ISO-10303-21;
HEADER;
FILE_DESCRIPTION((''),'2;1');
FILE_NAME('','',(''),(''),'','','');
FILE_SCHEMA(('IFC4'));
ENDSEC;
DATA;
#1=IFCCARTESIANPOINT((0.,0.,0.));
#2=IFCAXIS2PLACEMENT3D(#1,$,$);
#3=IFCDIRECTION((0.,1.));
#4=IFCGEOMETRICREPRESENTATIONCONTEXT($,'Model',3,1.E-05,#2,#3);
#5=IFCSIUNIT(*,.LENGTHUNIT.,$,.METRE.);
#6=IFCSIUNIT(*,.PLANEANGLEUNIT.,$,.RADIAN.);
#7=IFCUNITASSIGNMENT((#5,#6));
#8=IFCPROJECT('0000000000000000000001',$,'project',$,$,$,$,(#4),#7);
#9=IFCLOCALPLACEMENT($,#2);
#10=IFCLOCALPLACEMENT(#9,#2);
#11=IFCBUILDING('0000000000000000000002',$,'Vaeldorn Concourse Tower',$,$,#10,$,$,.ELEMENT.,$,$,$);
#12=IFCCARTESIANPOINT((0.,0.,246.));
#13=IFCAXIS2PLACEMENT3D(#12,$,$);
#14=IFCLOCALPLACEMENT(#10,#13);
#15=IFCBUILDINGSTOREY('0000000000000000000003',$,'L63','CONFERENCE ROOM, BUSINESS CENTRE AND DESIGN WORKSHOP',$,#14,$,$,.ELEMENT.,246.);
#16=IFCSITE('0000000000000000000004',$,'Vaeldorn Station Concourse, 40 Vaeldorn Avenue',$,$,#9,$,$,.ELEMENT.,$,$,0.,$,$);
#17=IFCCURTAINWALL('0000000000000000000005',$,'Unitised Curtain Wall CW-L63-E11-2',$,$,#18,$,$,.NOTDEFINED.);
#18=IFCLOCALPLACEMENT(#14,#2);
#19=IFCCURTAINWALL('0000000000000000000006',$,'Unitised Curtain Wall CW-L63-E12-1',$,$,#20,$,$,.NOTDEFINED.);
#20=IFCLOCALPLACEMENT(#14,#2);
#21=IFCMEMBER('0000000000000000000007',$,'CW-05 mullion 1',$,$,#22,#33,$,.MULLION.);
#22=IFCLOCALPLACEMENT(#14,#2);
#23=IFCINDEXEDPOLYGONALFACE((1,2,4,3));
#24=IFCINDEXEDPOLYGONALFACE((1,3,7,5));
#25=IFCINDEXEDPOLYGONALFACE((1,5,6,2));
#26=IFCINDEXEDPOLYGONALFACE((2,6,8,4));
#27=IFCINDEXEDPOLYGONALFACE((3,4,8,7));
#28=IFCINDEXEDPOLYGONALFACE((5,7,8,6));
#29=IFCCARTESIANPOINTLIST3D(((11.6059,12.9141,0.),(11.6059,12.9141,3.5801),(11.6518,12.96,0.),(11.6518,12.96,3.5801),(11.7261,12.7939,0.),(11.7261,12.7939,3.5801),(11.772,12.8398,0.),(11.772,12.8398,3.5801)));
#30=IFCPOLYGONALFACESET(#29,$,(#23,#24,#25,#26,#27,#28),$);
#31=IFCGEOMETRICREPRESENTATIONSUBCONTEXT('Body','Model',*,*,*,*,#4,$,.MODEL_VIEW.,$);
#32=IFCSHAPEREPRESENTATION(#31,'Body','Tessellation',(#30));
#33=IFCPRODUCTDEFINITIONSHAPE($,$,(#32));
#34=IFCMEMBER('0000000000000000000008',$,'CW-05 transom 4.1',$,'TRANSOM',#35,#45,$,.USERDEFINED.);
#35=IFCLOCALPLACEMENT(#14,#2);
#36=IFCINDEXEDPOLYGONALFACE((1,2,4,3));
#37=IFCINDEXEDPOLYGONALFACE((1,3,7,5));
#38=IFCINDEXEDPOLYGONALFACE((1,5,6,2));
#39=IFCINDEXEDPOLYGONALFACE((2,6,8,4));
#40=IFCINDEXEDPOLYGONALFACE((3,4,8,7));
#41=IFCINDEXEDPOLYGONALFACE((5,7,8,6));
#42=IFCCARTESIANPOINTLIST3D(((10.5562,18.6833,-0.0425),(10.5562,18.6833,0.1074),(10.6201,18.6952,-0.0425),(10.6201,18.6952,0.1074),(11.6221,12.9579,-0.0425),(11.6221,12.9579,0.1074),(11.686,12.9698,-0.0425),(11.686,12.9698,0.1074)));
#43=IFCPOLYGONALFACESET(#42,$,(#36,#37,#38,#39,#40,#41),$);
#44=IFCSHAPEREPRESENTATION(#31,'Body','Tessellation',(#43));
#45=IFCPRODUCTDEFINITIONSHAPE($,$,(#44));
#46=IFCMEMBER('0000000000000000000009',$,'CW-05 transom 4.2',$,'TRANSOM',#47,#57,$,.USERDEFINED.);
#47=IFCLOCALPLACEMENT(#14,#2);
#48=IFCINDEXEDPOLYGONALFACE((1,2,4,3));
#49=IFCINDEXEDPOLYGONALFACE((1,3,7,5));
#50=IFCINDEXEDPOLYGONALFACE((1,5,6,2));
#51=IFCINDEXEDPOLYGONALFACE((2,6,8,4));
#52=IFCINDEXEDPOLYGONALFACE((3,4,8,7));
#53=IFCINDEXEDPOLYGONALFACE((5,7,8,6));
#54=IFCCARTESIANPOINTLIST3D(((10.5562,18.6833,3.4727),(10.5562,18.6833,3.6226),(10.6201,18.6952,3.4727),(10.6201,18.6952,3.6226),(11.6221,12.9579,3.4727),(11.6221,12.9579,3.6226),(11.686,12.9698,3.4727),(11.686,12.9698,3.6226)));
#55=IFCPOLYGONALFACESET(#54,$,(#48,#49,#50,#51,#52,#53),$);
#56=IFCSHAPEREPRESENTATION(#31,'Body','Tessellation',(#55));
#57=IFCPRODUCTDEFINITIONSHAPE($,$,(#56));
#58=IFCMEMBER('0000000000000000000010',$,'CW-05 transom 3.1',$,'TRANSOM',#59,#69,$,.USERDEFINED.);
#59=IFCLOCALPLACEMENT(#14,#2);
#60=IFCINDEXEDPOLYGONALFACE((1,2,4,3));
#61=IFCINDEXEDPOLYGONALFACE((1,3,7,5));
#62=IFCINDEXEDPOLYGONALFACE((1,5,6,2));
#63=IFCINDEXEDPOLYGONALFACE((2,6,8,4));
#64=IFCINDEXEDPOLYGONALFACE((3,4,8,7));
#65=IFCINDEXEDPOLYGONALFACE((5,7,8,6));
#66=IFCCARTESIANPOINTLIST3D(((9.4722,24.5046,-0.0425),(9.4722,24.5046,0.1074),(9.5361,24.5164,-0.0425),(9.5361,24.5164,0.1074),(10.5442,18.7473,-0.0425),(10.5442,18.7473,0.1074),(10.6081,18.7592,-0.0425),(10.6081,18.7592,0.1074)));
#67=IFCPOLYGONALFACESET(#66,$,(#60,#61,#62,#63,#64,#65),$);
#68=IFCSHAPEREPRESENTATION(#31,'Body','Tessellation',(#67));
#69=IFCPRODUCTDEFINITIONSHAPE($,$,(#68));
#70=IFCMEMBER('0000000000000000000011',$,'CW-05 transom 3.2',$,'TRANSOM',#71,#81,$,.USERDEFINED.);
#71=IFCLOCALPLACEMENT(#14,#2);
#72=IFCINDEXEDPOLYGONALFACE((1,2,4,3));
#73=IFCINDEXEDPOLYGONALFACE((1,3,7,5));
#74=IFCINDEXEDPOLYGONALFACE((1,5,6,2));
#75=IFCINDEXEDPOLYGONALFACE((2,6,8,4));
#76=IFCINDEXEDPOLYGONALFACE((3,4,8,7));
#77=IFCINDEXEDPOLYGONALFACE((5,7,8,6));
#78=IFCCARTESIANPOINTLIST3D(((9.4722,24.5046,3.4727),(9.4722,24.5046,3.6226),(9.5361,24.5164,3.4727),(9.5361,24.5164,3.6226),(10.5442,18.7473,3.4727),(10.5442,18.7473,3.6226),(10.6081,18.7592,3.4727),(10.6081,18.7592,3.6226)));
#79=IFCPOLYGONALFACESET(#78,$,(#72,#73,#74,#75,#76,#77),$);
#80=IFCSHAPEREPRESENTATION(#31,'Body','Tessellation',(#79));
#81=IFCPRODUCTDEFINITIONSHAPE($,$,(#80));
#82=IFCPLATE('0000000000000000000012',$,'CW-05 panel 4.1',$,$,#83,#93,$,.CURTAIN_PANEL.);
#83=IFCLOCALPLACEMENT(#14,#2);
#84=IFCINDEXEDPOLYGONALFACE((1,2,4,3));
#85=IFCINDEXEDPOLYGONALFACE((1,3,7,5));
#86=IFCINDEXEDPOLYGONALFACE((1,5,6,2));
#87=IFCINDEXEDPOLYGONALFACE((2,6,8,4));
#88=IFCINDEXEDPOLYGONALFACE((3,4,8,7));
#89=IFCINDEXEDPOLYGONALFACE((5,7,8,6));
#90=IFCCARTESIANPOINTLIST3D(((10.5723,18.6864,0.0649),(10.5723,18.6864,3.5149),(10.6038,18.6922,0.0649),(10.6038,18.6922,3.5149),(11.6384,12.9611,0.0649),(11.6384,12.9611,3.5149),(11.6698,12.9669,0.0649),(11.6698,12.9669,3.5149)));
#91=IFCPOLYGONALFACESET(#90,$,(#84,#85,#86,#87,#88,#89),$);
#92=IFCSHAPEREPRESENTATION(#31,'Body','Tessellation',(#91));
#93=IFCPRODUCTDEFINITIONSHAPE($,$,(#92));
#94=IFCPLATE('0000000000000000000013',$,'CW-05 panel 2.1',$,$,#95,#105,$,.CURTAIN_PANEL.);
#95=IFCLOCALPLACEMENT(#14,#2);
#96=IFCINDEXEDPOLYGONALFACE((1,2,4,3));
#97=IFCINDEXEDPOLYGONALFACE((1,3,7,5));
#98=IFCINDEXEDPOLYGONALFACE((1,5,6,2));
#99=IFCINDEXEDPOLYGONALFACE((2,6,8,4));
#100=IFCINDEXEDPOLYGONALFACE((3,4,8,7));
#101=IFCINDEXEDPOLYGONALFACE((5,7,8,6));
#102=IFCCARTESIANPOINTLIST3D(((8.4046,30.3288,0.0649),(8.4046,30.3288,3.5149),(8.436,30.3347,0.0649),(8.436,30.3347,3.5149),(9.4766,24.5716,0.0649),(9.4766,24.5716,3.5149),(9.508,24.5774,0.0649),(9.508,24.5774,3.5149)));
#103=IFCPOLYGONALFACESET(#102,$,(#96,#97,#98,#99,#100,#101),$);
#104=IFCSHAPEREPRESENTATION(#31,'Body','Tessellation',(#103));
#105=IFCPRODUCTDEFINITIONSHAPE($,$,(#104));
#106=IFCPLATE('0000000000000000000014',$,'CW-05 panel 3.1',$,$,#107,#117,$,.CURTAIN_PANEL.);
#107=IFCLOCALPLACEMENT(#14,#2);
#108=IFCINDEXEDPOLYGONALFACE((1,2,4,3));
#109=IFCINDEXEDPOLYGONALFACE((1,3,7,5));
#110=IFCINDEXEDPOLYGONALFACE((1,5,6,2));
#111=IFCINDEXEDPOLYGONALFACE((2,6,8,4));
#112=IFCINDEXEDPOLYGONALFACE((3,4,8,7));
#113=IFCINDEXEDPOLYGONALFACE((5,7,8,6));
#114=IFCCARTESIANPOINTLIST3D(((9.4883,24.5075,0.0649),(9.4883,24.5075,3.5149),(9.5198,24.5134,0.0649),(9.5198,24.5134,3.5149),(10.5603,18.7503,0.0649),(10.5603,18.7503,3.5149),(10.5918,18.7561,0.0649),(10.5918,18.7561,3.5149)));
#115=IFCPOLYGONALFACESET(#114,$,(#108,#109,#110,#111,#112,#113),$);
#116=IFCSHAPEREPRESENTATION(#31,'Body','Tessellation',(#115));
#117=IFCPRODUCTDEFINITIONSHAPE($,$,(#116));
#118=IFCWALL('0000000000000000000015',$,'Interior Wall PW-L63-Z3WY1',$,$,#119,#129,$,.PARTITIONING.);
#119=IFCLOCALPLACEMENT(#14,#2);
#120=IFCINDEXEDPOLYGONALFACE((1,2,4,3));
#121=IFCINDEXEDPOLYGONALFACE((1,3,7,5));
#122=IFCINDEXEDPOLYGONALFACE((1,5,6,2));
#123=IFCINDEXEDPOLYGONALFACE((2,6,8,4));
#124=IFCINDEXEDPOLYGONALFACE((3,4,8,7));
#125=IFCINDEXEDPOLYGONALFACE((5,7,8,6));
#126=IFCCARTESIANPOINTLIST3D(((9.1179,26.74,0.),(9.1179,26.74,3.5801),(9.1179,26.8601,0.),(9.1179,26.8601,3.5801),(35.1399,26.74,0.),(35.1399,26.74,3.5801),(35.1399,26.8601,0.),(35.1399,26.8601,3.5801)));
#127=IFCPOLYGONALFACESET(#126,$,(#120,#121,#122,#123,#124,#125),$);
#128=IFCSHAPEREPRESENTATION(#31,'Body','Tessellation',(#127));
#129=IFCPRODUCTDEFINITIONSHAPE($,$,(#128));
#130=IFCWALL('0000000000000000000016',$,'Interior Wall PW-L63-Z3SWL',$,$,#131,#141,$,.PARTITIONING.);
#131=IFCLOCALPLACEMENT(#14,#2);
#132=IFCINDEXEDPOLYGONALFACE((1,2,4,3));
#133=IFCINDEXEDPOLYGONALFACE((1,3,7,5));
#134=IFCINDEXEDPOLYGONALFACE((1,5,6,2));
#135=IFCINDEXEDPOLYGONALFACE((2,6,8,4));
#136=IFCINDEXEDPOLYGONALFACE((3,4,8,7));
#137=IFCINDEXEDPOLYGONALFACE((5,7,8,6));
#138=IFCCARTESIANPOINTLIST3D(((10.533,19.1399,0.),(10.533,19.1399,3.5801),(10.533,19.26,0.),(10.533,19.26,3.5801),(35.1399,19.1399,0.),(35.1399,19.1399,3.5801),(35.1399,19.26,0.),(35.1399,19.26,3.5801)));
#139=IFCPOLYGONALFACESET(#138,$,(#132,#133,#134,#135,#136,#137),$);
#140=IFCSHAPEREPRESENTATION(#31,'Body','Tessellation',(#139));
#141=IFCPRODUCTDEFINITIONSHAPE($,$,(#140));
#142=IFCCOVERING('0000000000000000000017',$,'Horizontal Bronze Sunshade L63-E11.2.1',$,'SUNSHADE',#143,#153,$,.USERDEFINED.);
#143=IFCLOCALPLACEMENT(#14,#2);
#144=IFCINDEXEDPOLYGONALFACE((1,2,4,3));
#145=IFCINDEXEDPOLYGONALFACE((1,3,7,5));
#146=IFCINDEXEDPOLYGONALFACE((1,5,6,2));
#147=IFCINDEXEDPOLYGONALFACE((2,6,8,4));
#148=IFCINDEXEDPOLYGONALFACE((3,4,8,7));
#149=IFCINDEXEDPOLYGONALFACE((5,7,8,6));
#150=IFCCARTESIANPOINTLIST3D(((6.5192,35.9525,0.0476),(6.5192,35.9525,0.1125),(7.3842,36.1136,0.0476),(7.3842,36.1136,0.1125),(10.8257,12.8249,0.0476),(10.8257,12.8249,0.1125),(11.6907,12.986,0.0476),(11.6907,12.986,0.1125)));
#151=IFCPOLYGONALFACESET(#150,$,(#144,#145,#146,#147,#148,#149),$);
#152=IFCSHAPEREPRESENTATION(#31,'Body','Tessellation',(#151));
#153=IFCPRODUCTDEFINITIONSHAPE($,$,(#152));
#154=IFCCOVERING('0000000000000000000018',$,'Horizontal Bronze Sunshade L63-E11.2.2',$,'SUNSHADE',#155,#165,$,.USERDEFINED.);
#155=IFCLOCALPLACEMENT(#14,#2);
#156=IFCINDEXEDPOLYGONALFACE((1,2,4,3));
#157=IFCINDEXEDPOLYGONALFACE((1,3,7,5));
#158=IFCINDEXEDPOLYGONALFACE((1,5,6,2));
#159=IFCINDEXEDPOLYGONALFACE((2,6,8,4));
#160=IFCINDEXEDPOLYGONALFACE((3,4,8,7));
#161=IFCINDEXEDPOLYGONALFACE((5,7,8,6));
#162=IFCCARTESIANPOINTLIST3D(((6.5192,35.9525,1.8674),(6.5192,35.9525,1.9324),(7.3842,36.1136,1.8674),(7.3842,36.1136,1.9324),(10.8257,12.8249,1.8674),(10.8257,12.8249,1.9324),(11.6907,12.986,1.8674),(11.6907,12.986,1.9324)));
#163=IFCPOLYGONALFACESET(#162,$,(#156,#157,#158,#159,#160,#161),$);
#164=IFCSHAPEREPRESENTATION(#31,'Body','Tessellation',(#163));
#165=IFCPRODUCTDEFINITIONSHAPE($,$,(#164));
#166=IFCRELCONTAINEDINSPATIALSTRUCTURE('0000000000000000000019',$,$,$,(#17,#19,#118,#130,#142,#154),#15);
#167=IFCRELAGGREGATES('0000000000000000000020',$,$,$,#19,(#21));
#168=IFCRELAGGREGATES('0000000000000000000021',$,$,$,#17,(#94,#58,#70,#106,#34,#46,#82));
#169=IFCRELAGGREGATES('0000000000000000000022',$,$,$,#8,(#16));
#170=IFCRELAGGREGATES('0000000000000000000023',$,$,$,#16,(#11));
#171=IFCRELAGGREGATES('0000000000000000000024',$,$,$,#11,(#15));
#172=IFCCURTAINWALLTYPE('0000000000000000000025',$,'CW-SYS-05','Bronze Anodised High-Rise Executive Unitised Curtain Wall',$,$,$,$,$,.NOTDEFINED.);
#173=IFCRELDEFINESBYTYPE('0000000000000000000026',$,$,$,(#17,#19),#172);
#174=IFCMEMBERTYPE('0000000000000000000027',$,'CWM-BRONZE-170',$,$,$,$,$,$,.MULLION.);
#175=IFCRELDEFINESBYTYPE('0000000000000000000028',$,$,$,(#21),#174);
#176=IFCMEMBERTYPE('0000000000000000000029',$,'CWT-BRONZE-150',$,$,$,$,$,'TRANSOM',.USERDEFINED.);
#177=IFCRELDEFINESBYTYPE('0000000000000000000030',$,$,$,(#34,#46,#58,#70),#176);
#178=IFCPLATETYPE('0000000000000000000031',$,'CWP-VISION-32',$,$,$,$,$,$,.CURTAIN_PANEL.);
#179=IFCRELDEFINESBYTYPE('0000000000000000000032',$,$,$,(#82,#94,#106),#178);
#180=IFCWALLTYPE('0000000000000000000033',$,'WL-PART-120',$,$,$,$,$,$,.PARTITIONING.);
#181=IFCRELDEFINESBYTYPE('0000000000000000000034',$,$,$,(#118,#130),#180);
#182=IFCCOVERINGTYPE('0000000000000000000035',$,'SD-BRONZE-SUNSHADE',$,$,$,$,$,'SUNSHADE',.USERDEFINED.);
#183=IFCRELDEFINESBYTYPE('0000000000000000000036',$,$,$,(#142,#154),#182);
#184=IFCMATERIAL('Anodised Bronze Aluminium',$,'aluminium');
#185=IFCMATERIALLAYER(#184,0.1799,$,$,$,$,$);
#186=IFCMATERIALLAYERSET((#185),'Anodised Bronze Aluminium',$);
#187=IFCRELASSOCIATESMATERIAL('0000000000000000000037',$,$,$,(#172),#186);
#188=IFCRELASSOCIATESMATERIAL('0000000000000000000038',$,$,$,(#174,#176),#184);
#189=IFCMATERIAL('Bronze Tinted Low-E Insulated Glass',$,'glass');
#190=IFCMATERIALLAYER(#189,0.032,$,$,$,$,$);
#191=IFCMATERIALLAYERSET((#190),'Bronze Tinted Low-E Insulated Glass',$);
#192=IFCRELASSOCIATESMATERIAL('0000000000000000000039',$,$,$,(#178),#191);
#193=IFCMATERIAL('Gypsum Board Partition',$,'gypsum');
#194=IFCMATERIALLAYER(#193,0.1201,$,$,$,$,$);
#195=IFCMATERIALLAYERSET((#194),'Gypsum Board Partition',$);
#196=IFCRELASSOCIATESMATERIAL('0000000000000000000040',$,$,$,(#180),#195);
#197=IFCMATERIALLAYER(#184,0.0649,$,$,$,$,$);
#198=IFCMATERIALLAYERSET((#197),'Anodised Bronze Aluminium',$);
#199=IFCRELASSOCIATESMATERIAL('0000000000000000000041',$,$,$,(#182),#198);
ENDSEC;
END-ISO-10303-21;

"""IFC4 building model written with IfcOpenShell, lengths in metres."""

from ifc_helpers import new_model, si_unit, direction, frame, frame_2d, origin, origin_2d, place, context, subcontext, project, spatial, rectangle, extrude, source, transform, mapped, material, layer, layer_set, material_profile, profile_set, type_object, element, aggregate, save


model = new_model("IFC4")

# Units and contexts
model_context = context("Model", 3, precision=1e-05, world=origin(), true_north=direction((0.0, 1.0)))
body_context = subcontext(model_context, "Body", "Model", "MODEL_VIEW")
ifc_project = project(units=[si_unit("LENGTHUNIT", "METRE"), si_unit("PLANEANGLEUNIT", "RADIAN")], contexts=[model_context])

# Site, building, storey
site_placement = place(None, origin())
site = spatial("IfcSite", under=ifc_project, at=site_placement, Name="Vaeldorn Station Concourse, 40 Vaeldorn Avenue", CompositionType="ELEMENT", RefElevation=0.0)
building_placement = place(site_placement, origin())
building = spatial("IfcBuilding", under=site, at=building_placement, Name="Vaeldorn Concourse Tower", CompositionType="ELEMENT")
storey_placement = place(building_placement, frame((0.0, 0.0, 246.0)))
storey = spatial("IfcBuildingStorey", under=building, at=storey_placement, Name="L63", Description="CONFERENCE ROOM, BUSINESS CENTRE AND DESIGN WORKSHOP", CompositionType="ELEMENT", Elevation=246.0)

# Curtain wall
ifc_material_1 = material(Name="Anodised Bronze Aluminium", Category="aluminium")
ifc_layer_1 = layer(ifc_material_1, 0.1799)
ifc_layer_set_1 = layer_set([ifc_layer_1], Name="Anodised Bronze Aluminium")
curtain_wall_type = type_object("IfcCurtainWallType", Name="CW-SYS-05", Description="Bronze Anodised High-Rise Executive Unitised Curtain Wall", PredefinedType="NOTDEFINED", material=ifc_layer_set_1)
curtain_wall_1_placement = place(storey_placement, origin())
curtain_wall_1 = element("IfcCurtainWall", 1, at=curtain_wall_1_placement, inside=storey, type_object=curtain_wall_type, Name="Unitised Curtain Wall CW-L63-E11-2", PredefinedType="NOTDEFINED")
ifc_material_profile_1 = material_profile(ifc_material_1, rectangle(XDim=0.0649, YDim=0.1699, at=origin_2d()), Name="CWM 65x170")
ifc_profile_set_1 = profile_set([ifc_material_profile_1], Name="Anodised Bronze Aluminium")
member_type_1 = type_object("IfcMemberType", Name="CWM-BRONZE-170", PredefinedType="MULLION", material=ifc_profile_set_1)
shared_shape_1 = source(origin(), body_context, "Body", "SweptSolid", [
    extrude(rectangle(XDim=0.0649, YDim=0.1699, at=origin_2d()), origin(), (0.0, 0.0, 1.0), 3.5801),
])

# Curtain wall, member
curtain_wall_2_placement = place(storey_placement, origin())
curtain_wall_2 = element("IfcCurtainWall", 2, at=curtain_wall_2_placement, inside=storey, type_object=curtain_wall_type, Name="Unitised Curtain Wall CW-L63-E12-1", PredefinedType="NOTDEFINED")
member_1_placement = place(storey_placement, frame((11.689, 12.877, 0.0), z_axis=(0.0, 0.0, 1.0), x_axis=(0.707107, 0.707107, 0.0)))
member_1 = element("IfcMember", 3, at=member_1_placement, type_object=member_type_1, Name="CW-05 mullion 1", PredefinedType="MULLION", context=body_context, shape_type="MappedRepresentation", body=[
    mapped(shared_shape_1, transform((0.0, 0.0, 0.0), scale=1.0)),
])
aggregate(curtain_wall_2, [member_1])

# Members
ifc_material_profile_2 = material_profile(ifc_material_1, rectangle(XDim=0.0649, YDim=0.1499, at=origin_2d()), Name="CWT 65x150")
ifc_profile_set_2 = profile_set([ifc_material_profile_2], Name="Anodised Bronze Aluminium")
member_type_2 = type_object("IfcMemberType", Name="CWT-BRONZE-150", ElementType="TRANSOM", PredefinedType="USERDEFINED", material=ifc_profile_set_2)
shared_shape_2 = source(origin(), body_context, "Body", "SweptSolid", [
    extrude(rectangle(XDim=0.0649, YDim=0.1499, at=origin_2d()), origin(), (0.0, 0.0, 1.0), 5.8237),
])
member_2_placement = place(storey_placement, frame((10.5881, 18.6892, 0.0325), z_axis=(0.18303, -0.983107, 0.0), x_axis=(0.983107, 0.18303, 0.0)))
member_2 = element("IfcMember", 4, at=member_2_placement, type_object=member_type_2, Name="CW-05 transom 4.1", ObjectType="TRANSOM", PredefinedType="USERDEFINED", context=body_context, shape_type="MappedRepresentation", body=[
    mapped(shared_shape_2, transform((0.0, 0.0, 0.0), scale=1.0)),
])
member_3_placement = place(storey_placement, frame((10.5881, 18.6892, 3.5476), z_axis=(0.18303, -0.983107, 0.0), x_axis=(0.983107, 0.18303, 0.0)))
member_3 = element("IfcMember", 5, at=member_3_placement, type_object=member_type_2, Name="CW-05 transom 4.2", ObjectType="TRANSOM", PredefinedType="USERDEFINED", context=body_context, shape_type="MappedRepresentation", body=[
    mapped(shared_shape_2, transform((0.0, 0.0, 0.0), scale=1.0)),
])
shared_shape_3 = source(origin(), body_context, "Body", "SweptSolid", [
    extrude(rectangle(XDim=0.0649, YDim=0.1499, at=origin_2d()), origin(), (0.0, 0.0, 1.0), 5.8562),
])
member_4_placement = place(storey_placement, frame((9.5042, 24.5105, 0.0325), z_axis=(0.183055, -0.983103, 0.0), x_axis=(0.983103, 0.183055, 0.0)))
member_4 = element("IfcMember", 6, at=member_4_placement, type_object=member_type_2, Name="CW-05 transom 3.1", ObjectType="TRANSOM", PredefinedType="USERDEFINED", context=body_context, shape_type="MappedRepresentation", body=[
    mapped(shared_shape_3, transform((0.0, 0.0, 0.0), scale=1.0)),
])
member_5_placement = place(storey_placement, frame((9.5042, 24.5105, 3.5476), z_axis=(0.183055, -0.983103, 0.0), x_axis=(0.983103, 0.183055, 0.0)))
member_5 = element("IfcMember", 7, at=member_5_placement, type_object=member_type_2, Name="CW-05 transom 3.2", ObjectType="TRANSOM", PredefinedType="USERDEFINED", context=body_context, shape_type="MappedRepresentation", body=[
    mapped(shared_shape_3, transform((0.0, 0.0, 0.0), scale=1.0)),
])

# Plates
ifc_material_2 = material(Name="Bronze Tinted Low-E Insulated Glass", Category="glass")
ifc_layer_2 = layer(ifc_material_2, 0.032)
ifc_layer_set_2 = layer_set([ifc_layer_2], Name="Bronze Tinted Low-E Insulated Glass")
plate_type = type_object("IfcPlateType", Name="CWP-VISION-32", PredefinedType="CURTAIN_PANEL", material=ifc_layer_set_2)
shared_shape_4 = source(origin(), body_context, "Body", "SweptSolid", [
    extrude(rectangle(XDim=5.8237, YDim=0.032, at=origin_2d()), origin(), (0.0, 0.0, 1.0), 3.45),
])
plate_1_placement = place(storey_placement, frame((11.1211, 15.8267, 0.0649), z_axis=(0.0, 0.0, 1.0), x_axis=(0.183055, -0.983103, 0.0)))
plate_1 = element("IfcPlate", 8, at=plate_1_placement, type_object=plate_type, Name="CW-05 panel 4.1", PredefinedType="CURTAIN_PANEL", context=body_context, shape_type="MappedRepresentation", body=[
    mapped(shared_shape_4, transform((0.0, 0.0, 0.0), scale=1.0)),
])
shared_shape_5 = source(origin(), body_context, "Body", "SweptSolid", [
    extrude(rectangle(XDim=5.8562, YDim=0.032, at=origin_2d()), origin(), (0.0, 0.0, 1.0), 3.45),
])
plate_2_placement = place(storey_placement, frame((8.9563, 27.4531, 0.0649), z_axis=(0.0, 0.0, 1.0), x_axis=(0.183055, -0.983103, 0.0)))
plate_2 = element("IfcPlate", 9, at=plate_2_placement, type_object=plate_type, Name="CW-05 panel 2.1", PredefinedType="CURTAIN_PANEL", context=body_context, shape_type="MappedRepresentation", body=[
    mapped(shared_shape_5, transform((0.0, 0.0, 0.0), scale=1.0)),
])
plate_3_placement = place(storey_placement, frame((10.04, 21.6318, 0.0649), z_axis=(0.0, 0.0, 1.0), x_axis=(0.183055, -0.983103, 0.0)))
plate_3 = element("IfcPlate", 10, at=plate_3_placement, type_object=plate_type, Name="CW-05 panel 3.1", PredefinedType="CURTAIN_PANEL", context=body_context, shape_type="MappedRepresentation", body=[
    mapped(shared_shape_5, transform((0.0, 0.0, 0.0), scale=1.0)),
])
aggregate(curtain_wall_1, [plate_2, member_4, member_5, plate_3, member_2, member_3, plate_1])

# Walls
ifc_material_3 = material(Name="Gypsum Board Partition", Category="gypsum")
ifc_layer_3 = layer(ifc_material_3, 0.1201)
ifc_layer_set_3 = layer_set([ifc_layer_3], Name="Gypsum Board Partition")
wall_type = type_object("IfcWallType", Name="WL-PART-120", PredefinedType="PARTITIONING", material=ifc_layer_set_3)
wall_1_placement = place(storey_placement, frame((9.1179, 26.8, 0.0), z_axis=(0.0, 0.0, 1.0), x_axis=(1.0, 0.0, 0.0)))
element("IfcWall", 11, at=wall_1_placement, inside=storey, type_object=wall_type, Name="Interior Wall PW-L63-Z3WY1", PredefinedType="PARTITIONING", context=body_context, shape_type="SweptSolid", body=[
    extrude(rectangle(XDim=26.022, YDim=0.1201, at=frame_2d((13.011, 0.0))), origin(), (0.0, 0.0, 1.0), 3.5801),
])
wall_2_placement = place(storey_placement, frame((10.533, 19.2, 0.0), z_axis=(0.0, 0.0, 1.0), x_axis=(1.0, 0.0, 0.0)))
element("IfcWall", 12, at=wall_2_placement, inside=storey, type_object=wall_type, Name="Interior Wall PW-L63-Z3SWL", PredefinedType="PARTITIONING", context=body_context, shape_type="SweptSolid", body=[
    extrude(rectangle(XDim=24.6069, YDim=0.1201, at=frame_2d((12.3035, 0.0))), origin(), (0.0, 0.0, 1.0), 3.5801),
])

# Coverings
ifc_layer_4 = layer(ifc_material_1, 0.0649)
ifc_layer_set_4 = layer_set([ifc_layer_4], Name="Anodised Bronze Aluminium")
covering_type = type_object("IfcCoveringType", Name="SD-BRONZE-SUNSHADE", ElementType="SUNSHADE", PredefinedType="USERDEFINED", material=ifc_layer_set_4)
shared_shape_6 = source(origin(), body_context, "Body", "SweptSolid", [
    extrude(rectangle(XDim=23.5251, YDim=0.8799, at=origin_2d()), origin(), (0.0, 0.0, 1.0), 0.0649),
])
for number, where, z_axis, x_axis, name in (
    (13, (9.105, 24.4692, 0.0476), (0.0, 0.0, 1.0), (0.183059, -0.983102, 0.0), "Horizontal Bronze Sunshade L63-E11.2.1"),
    (14, (9.105, 24.4692, 1.8674), (0.0, 0.0, 1.0), (0.183059, -0.983102, 0.0), "Horizontal Bronze Sunshade L63-E11.2.2"),
):
    element("IfcCovering", number, at=place(storey_placement, frame(where, z_axis=z_axis, x_axis=x_axis)), inside=storey, type_object=covering_type, Name=name, ObjectType="SUNSHADE", PredefinedType="USERDEFINED", context=body_context, shape_type="MappedRepresentation", body=[
        mapped(shared_shape_6, transform((0.0, 0.0, 0.0), scale=1.0)),
    ])

save(model, "model.ifc")
